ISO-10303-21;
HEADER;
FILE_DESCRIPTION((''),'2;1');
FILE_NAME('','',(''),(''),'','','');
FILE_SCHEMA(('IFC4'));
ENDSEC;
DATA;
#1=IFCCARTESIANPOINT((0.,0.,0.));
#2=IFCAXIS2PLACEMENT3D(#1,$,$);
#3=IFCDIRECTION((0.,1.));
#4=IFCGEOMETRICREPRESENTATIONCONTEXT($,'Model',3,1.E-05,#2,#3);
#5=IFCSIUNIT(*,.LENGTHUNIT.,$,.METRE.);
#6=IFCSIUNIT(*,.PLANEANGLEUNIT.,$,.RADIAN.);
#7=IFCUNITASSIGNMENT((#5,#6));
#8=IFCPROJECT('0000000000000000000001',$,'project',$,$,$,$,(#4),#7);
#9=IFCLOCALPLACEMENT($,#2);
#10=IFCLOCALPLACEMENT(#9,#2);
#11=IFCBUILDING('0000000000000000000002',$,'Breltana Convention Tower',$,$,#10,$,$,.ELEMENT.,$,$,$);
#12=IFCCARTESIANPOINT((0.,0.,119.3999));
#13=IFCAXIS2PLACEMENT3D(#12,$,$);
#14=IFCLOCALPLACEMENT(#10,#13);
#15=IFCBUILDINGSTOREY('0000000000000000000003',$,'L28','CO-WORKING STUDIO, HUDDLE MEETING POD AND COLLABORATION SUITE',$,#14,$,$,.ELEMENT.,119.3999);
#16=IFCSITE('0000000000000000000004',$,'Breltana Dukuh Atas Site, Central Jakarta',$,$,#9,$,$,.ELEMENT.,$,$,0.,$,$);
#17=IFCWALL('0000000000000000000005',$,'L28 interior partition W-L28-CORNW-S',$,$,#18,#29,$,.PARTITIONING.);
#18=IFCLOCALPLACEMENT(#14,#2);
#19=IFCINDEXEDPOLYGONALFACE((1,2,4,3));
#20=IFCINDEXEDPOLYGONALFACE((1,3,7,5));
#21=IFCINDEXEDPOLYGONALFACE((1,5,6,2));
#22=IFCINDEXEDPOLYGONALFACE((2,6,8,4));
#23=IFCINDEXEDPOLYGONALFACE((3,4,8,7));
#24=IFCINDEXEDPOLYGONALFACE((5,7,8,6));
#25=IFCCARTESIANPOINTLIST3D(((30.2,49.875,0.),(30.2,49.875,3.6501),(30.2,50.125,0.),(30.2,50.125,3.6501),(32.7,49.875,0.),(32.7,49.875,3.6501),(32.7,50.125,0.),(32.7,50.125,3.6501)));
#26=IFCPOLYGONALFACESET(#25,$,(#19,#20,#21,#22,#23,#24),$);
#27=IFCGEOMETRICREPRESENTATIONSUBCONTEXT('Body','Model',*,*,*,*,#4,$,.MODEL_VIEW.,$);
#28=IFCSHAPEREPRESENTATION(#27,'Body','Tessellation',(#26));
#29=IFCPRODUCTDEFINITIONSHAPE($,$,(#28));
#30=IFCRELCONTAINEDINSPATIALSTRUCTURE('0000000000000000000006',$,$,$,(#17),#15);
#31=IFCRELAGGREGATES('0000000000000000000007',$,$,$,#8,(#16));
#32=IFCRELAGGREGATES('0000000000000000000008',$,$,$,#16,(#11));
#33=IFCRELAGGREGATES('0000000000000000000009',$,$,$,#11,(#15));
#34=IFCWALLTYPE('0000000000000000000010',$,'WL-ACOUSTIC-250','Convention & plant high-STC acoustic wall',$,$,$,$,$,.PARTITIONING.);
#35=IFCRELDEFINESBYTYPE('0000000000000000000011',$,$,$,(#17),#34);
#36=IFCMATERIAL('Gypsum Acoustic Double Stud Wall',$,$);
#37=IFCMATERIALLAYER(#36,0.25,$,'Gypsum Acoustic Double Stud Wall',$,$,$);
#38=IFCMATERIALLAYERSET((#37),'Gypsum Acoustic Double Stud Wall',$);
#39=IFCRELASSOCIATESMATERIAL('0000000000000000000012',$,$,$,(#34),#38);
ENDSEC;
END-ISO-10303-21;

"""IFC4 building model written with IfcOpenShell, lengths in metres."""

from ifc_helpers import new_model, si_unit, direction, frame, frame_2d, origin, place, context, subcontext, project, spatial, rectangle, extrude, source, transform, mapped, material, layer, layer_set, type_object, element, save


model = new_model("IFC4")

# Units and contexts
model_context = context("Model", 3, precision=1e-05, world=origin(), true_north=direction((0.0, 1.0)))
body_context = subcontext(model_context, "Body", "Model", "MODEL_VIEW")
ifc_project = project(units=[si_unit("LENGTHUNIT", "METRE"), si_unit("PLANEANGLEUNIT", "RADIAN")], contexts=[model_context])

# Site, building, storey
site_placement = place(None, origin())
site = spatial("IfcSite", under=ifc_project, at=site_placement, Name="Breltana Dukuh Atas Site, Central Jakarta", CompositionType="ELEMENT", RefElevation=0.0)
building_placement = place(site_placement, origin())
building = spatial("IfcBuilding", under=site, at=building_placement, Name="Breltana Convention Tower", CompositionType="ELEMENT")
storey_placement = place(building_placement, frame((0.0, 0.0, 119.3999)))
storey = spatial("IfcBuildingStorey", under=building, at=storey_placement, Name="L28", Description="CO-WORKING STUDIO, HUDDLE MEETING POD AND COLLABORATION SUITE", CompositionType="ELEMENT", Elevation=119.3999)

# Wall
ifc_material_1 = material(Name="Gypsum Acoustic Double Stud Wall")
ifc_layer_1 = layer(ifc_material_1, 0.25, Name="Gypsum Acoustic Double Stud Wall")
ifc_layer_set_1 = layer_set([ifc_layer_1], Name="Gypsum Acoustic Double Stud Wall")
wall_type_1 = type_object("IfcWallType", Name="WL-ACOUSTIC-250", Description="Convention & plant high-STC acoustic wall", PredefinedType="PARTITIONING", material=ifc_layer_set_1)
shared_shape_1 = source(origin(), body_context, "Body", "SweptSolid", [
    extrude(rectangle(XDim=2.5, YDim=0.25, at=frame_2d((1.25, 0.0))), origin(), (0.0, 0.0, 1.0), 3.6501),
])
wall_1_placement = place(storey_placement, frame((30.2, 50.0, 0.0), z_axis=(0.0, 0.0, 1.0), x_axis=(1.0, 0.0, 0.0)))
element("IfcWall", 1, at=wall_1_placement, inside=storey, type_object=wall_type_1, Name="L28 interior partition W-L28-CORNW-S", PredefinedType="PARTITIONING", context=body_context, shape_type="MappedRepresentation", body=[
    mapped(shared_shape_1, transform((0.0, 0.0, 0.0), scale=1.0)),
])

save(model, "model.ifc")
